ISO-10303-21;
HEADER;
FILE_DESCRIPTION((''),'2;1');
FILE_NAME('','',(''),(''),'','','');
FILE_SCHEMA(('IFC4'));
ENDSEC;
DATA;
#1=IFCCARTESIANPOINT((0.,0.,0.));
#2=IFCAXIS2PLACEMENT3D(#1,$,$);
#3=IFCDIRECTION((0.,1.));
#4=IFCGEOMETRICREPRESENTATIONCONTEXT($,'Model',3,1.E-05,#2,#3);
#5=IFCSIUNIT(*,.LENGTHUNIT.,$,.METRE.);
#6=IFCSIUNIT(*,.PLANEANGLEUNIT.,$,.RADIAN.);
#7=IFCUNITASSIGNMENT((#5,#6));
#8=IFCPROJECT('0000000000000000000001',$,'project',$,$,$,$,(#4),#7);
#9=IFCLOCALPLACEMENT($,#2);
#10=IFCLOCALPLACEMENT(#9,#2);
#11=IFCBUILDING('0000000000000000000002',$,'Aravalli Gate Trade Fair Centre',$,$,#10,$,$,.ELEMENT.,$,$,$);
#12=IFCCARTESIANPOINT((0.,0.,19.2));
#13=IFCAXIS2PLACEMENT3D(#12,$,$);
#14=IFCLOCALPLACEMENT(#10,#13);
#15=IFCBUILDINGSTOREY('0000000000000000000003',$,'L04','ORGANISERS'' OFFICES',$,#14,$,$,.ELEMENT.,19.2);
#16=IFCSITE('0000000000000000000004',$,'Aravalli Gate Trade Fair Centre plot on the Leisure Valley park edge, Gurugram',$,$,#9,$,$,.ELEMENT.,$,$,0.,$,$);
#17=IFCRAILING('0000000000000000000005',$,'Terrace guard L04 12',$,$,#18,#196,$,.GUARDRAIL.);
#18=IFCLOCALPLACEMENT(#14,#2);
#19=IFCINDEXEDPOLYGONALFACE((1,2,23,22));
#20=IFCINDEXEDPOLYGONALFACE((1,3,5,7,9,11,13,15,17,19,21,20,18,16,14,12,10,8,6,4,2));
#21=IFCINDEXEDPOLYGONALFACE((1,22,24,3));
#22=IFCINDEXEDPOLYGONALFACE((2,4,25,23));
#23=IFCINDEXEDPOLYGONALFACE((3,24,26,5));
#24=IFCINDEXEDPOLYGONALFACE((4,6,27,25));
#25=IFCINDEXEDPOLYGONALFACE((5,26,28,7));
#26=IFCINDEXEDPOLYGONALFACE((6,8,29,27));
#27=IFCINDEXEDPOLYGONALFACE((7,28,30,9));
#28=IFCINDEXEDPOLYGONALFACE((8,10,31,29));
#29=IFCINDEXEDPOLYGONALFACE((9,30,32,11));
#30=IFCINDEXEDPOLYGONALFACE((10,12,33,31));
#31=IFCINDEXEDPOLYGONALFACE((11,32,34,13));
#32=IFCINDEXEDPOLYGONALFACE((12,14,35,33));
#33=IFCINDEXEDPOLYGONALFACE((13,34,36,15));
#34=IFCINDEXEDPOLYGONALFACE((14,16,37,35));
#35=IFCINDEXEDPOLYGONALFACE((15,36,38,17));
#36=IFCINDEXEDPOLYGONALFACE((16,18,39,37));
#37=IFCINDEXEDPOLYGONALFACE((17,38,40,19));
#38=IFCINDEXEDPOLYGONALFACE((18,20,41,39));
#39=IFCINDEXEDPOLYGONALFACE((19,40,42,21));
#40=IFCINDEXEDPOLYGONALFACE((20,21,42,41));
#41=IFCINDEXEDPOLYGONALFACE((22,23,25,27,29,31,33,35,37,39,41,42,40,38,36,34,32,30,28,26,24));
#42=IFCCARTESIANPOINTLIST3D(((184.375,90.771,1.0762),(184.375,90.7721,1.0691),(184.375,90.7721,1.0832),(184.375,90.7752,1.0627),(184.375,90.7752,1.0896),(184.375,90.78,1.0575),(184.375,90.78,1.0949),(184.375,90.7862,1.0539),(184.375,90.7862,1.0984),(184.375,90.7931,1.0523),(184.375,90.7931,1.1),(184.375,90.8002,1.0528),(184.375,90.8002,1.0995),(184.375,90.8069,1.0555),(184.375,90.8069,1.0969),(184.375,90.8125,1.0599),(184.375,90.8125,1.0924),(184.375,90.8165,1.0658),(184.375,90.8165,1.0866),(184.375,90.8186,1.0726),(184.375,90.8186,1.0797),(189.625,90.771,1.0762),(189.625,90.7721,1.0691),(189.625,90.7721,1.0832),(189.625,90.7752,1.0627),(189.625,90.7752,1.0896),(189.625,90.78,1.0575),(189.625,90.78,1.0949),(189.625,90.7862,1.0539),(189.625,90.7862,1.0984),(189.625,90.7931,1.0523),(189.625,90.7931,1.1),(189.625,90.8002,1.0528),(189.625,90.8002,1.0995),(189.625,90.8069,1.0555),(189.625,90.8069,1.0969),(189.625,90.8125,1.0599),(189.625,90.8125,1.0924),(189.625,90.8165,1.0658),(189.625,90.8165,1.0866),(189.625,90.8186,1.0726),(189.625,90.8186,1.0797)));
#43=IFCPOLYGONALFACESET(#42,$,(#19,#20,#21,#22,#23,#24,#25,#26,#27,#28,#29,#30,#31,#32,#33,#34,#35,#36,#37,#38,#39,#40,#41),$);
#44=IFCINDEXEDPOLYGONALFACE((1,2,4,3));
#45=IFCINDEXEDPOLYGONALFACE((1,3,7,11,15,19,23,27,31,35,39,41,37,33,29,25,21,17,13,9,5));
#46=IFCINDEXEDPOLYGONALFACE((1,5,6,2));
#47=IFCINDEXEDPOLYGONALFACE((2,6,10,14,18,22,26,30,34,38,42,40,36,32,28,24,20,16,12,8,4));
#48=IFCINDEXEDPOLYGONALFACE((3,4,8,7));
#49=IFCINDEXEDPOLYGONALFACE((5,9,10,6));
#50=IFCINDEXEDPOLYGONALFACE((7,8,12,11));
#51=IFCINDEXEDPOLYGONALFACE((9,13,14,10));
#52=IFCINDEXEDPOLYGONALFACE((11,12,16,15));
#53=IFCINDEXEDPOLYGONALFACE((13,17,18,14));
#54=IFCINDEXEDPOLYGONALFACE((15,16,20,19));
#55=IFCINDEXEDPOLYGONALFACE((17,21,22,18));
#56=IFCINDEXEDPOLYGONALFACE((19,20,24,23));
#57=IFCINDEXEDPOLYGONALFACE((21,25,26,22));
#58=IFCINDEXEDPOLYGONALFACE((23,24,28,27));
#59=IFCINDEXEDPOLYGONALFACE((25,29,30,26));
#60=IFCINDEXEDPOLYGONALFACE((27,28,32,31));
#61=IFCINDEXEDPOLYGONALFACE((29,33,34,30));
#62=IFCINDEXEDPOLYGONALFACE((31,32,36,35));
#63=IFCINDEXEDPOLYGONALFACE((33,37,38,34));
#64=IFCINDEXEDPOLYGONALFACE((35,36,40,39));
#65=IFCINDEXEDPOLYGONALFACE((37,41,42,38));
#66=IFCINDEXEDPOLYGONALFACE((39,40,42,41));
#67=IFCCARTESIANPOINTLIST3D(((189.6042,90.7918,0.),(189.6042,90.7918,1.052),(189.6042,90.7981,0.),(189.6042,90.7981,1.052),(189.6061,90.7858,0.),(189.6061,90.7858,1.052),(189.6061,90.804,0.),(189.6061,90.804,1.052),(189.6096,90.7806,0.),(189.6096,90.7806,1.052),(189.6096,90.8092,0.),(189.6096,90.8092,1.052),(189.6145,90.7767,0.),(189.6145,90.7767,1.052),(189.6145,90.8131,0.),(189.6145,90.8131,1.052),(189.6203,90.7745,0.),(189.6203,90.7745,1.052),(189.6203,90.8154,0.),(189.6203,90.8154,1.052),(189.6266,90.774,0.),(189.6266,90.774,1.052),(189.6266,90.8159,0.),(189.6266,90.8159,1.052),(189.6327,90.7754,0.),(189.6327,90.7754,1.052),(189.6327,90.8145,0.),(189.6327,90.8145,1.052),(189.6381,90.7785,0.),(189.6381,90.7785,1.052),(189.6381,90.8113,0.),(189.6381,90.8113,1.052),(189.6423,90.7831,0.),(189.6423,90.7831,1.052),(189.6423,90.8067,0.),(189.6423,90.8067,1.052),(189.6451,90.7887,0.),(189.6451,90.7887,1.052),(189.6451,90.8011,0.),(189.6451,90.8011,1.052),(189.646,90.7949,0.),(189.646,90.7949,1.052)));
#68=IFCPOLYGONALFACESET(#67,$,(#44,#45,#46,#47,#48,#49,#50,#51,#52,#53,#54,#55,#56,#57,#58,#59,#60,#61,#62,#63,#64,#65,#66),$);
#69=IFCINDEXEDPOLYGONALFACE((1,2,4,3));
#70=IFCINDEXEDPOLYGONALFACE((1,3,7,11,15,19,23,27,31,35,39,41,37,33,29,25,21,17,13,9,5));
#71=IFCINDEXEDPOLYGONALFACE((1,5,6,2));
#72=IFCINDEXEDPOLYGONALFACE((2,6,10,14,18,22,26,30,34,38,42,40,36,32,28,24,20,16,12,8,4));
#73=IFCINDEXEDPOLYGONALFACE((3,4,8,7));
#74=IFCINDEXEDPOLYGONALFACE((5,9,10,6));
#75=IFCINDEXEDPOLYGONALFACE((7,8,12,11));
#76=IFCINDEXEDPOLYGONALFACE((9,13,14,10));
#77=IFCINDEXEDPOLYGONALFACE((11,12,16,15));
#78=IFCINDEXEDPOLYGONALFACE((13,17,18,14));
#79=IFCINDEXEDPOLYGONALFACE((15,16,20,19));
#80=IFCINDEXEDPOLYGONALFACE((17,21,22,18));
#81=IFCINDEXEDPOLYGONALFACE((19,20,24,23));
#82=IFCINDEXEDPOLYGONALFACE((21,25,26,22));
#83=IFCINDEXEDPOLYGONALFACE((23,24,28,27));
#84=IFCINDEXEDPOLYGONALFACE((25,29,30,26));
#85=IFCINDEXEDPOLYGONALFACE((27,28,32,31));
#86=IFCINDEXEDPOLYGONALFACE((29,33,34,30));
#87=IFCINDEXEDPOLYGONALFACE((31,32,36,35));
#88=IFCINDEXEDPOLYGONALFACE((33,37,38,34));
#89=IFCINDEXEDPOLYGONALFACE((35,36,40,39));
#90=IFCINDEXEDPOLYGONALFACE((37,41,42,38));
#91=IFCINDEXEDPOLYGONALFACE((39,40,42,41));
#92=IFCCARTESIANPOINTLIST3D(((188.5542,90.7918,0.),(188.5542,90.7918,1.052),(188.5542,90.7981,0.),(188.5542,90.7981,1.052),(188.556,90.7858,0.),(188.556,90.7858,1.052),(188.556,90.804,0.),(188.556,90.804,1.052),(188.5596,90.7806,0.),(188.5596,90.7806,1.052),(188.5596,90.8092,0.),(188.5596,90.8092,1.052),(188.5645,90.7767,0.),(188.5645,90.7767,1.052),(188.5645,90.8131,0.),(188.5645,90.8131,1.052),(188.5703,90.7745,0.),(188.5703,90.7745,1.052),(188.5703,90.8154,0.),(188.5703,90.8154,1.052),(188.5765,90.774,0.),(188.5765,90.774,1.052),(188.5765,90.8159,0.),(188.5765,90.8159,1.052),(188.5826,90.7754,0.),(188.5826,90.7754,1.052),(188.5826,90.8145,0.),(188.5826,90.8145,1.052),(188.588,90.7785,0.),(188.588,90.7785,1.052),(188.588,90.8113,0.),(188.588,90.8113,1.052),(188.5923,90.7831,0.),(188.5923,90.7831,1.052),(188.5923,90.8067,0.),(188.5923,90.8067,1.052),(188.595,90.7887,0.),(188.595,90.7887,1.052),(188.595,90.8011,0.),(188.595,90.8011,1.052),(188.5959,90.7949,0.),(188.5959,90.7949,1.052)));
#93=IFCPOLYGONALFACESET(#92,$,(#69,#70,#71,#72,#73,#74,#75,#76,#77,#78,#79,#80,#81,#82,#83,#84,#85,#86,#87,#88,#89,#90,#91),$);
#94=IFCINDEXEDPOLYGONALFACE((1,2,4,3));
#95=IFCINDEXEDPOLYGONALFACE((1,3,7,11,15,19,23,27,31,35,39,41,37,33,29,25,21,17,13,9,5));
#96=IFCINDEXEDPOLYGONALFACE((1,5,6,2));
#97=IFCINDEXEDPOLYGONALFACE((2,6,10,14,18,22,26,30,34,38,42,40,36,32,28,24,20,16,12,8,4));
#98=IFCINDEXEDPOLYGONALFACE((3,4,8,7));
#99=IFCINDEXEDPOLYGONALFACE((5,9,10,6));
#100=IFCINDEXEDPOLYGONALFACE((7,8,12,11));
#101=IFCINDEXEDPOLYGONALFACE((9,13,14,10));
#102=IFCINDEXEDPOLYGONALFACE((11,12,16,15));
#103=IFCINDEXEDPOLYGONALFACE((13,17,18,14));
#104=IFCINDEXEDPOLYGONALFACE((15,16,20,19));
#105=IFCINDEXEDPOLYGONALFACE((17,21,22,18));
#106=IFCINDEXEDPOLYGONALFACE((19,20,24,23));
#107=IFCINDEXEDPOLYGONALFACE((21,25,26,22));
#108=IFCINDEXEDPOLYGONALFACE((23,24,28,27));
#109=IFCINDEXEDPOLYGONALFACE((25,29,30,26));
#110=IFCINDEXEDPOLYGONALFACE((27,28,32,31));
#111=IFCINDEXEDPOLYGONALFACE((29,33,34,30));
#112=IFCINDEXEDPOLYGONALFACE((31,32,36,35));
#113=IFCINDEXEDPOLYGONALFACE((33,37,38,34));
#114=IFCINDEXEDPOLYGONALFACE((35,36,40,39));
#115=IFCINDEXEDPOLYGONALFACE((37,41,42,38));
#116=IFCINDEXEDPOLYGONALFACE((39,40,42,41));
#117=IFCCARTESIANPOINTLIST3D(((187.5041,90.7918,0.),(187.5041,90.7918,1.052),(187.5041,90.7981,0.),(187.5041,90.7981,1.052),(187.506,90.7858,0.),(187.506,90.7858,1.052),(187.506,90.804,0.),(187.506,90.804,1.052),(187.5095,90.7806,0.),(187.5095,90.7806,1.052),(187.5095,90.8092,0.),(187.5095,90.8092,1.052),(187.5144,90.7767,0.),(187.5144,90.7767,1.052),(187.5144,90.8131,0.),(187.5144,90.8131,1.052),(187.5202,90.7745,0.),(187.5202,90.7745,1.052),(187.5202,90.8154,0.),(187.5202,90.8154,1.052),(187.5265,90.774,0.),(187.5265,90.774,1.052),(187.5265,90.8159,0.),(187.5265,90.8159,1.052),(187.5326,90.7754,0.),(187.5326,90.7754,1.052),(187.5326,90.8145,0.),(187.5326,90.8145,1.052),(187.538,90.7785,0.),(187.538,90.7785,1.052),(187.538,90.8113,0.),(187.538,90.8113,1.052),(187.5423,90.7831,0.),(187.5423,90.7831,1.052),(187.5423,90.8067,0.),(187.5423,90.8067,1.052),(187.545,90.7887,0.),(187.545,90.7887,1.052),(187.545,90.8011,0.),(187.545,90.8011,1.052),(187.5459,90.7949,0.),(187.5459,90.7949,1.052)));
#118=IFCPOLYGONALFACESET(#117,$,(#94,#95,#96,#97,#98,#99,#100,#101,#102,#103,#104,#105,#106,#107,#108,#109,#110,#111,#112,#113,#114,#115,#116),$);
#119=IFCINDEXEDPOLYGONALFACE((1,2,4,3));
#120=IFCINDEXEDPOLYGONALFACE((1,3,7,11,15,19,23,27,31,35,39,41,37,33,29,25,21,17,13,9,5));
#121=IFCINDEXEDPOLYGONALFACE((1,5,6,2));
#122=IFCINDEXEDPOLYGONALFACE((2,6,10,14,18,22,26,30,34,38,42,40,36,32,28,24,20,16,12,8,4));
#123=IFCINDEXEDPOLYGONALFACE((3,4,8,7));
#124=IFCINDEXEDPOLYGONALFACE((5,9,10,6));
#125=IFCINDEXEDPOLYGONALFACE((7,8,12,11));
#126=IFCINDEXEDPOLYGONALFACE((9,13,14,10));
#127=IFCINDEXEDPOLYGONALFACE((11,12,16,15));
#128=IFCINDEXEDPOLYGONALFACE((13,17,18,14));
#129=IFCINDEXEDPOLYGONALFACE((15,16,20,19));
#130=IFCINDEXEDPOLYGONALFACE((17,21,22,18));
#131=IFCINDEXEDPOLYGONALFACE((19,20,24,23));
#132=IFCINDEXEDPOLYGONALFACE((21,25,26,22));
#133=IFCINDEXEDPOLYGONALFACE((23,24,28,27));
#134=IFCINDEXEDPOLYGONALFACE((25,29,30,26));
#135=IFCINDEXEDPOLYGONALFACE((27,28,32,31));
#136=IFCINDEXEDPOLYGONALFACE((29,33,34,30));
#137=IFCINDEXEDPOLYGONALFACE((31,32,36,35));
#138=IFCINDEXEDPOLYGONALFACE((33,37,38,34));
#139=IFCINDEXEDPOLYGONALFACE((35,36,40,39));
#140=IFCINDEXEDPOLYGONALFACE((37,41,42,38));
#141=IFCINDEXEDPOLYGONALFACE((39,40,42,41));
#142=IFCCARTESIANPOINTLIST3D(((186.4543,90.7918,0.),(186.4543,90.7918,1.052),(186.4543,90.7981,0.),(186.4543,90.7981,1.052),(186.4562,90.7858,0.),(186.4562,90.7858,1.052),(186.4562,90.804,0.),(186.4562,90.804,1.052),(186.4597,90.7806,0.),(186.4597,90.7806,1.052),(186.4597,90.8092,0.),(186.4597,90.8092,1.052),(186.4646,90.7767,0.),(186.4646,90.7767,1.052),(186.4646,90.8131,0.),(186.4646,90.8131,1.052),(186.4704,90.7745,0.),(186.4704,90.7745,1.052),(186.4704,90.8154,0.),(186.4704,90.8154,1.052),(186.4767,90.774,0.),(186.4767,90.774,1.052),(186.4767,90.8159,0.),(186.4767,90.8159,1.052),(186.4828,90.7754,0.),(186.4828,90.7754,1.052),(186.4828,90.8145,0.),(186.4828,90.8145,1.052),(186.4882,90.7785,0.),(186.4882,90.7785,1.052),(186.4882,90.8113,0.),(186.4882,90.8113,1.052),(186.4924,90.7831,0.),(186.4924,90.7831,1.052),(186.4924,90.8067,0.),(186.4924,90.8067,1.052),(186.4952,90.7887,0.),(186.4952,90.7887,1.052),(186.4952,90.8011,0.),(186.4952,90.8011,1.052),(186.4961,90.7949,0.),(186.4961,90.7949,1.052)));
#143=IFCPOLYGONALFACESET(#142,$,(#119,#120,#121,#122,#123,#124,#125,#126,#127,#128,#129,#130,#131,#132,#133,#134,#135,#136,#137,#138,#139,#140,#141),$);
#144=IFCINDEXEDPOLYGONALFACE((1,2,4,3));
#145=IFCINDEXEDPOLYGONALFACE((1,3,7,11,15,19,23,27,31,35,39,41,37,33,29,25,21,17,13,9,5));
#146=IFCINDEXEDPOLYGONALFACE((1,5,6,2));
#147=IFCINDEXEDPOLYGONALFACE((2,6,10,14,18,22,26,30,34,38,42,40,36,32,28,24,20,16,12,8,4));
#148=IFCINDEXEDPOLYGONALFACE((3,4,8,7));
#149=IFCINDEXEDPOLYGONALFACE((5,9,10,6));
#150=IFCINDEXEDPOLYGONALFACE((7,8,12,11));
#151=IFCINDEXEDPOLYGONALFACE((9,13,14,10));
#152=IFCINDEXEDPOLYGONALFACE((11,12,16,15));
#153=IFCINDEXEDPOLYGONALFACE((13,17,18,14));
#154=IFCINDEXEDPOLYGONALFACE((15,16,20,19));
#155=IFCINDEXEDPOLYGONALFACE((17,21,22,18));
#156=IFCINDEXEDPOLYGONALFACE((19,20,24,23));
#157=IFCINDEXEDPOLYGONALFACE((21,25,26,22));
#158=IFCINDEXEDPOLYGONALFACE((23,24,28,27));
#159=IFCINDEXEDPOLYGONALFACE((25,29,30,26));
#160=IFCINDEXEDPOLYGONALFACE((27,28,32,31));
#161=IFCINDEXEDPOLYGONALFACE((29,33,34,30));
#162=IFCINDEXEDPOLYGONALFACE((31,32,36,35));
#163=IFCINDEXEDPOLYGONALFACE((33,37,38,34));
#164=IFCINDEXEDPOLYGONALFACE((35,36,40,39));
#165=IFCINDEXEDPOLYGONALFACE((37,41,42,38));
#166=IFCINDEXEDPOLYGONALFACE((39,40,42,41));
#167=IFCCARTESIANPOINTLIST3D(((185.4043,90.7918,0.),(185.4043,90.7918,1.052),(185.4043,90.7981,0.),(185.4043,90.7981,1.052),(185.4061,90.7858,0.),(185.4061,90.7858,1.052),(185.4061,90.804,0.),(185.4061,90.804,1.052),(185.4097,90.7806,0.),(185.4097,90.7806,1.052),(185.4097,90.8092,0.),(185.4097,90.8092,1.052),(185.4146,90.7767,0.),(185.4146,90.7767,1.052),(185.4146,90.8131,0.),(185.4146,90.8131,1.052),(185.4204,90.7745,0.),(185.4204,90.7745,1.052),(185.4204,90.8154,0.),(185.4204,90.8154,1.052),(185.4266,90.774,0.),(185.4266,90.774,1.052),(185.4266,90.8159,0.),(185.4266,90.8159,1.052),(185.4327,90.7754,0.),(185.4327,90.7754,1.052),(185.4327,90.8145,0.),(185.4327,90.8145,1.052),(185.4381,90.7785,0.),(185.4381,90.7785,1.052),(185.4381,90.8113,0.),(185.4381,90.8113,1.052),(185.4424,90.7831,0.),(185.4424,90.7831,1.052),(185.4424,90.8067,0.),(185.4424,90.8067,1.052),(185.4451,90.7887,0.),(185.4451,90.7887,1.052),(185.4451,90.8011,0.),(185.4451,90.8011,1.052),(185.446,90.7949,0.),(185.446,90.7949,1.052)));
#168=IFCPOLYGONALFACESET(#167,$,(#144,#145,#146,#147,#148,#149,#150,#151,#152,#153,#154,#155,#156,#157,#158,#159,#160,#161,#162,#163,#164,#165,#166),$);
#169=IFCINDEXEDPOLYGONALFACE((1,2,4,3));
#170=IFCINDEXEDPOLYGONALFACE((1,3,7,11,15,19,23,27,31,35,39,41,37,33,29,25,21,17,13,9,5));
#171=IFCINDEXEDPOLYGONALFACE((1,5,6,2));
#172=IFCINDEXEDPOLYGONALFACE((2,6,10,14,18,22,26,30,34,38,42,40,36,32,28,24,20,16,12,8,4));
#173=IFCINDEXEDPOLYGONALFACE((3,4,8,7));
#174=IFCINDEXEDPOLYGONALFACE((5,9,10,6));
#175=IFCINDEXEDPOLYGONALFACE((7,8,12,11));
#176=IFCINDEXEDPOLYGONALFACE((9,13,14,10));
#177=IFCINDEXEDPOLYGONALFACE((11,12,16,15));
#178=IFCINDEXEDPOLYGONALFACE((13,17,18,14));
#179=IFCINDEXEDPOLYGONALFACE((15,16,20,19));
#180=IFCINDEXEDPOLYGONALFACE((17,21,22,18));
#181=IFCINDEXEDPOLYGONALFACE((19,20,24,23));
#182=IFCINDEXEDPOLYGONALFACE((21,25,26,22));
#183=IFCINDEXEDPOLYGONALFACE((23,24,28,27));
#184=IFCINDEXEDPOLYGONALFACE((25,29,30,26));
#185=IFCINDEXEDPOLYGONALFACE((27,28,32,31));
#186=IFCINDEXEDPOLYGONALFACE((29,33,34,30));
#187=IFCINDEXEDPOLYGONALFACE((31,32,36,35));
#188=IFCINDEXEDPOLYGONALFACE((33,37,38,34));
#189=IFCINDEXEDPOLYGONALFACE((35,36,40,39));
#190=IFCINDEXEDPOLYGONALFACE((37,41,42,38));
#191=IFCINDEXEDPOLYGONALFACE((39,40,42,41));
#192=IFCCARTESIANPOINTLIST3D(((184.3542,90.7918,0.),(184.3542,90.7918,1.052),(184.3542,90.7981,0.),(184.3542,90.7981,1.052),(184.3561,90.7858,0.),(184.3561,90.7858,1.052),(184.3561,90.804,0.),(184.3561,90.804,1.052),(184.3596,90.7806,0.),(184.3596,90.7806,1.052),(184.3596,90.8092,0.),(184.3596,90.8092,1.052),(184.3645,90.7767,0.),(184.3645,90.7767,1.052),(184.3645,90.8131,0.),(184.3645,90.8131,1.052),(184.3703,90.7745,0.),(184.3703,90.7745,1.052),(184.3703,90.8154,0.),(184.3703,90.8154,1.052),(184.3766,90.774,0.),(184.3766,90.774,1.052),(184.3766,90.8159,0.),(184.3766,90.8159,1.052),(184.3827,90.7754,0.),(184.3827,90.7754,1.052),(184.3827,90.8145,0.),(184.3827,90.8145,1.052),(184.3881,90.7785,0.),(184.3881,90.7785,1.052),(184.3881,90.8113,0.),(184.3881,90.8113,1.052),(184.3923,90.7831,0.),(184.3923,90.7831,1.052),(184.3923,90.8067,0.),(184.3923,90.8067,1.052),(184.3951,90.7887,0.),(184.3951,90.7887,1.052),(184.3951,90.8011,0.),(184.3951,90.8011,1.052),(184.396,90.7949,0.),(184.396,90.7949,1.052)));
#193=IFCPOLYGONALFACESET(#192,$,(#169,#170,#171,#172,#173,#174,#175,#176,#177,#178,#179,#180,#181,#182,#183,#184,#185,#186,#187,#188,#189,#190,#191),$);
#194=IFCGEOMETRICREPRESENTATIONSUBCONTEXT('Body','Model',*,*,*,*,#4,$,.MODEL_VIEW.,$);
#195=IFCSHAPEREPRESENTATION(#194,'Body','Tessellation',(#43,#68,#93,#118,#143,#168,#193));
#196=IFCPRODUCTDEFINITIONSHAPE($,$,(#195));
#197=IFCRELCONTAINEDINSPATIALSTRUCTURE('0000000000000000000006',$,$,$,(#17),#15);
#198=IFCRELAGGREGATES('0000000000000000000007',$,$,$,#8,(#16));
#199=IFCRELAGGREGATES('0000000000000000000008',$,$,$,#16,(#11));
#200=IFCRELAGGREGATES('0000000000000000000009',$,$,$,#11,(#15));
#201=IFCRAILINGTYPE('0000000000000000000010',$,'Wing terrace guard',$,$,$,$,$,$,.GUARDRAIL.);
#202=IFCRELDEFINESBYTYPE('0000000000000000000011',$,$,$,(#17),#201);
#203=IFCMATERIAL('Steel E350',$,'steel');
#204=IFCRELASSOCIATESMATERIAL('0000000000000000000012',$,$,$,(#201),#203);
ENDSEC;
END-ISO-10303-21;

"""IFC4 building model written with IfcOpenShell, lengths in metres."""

from ifc_helpers import new_model, si_unit, direction, frame, origin, origin_2d, place, context, subcontext, project, spatial, circle, extrude, material, type_object, element, save


model = new_model("IFC4")

# Units and contexts
model_context = context("Model", 3, precision=1e-05, world=origin(), true_north=direction((0.0, 1.0)))
body_context = subcontext(model_context, "Body", "Model", "MODEL_VIEW")
ifc_project = project(units=[si_unit("LENGTHUNIT", "METRE"), si_unit("PLANEANGLEUNIT", "RADIAN")], contexts=[model_context])

# Site, building, storey
site_placement = place(None, origin())
site = spatial("IfcSite", under=ifc_project, at=site_placement, Name="Aravalli Gate Trade Fair Centre plot on the Leisure Valley park edge, Gurugram", CompositionType="ELEMENT", RefElevation=0.0)
building_placement = place(site_placement, origin())
building = spatial("IfcBuilding", under=site, at=building_placement, Name="Aravalli Gate Trade Fair Centre", CompositionType="ELEMENT")
storey_placement = place(building_placement, frame((0.0, 0.0, 19.2)))
storey = spatial("IfcBuildingStorey", under=building, at=storey_placement, Name="L04", Description="ORGANISERS' OFFICES", CompositionType="ELEMENT", Elevation=19.2)

# Shared definitions
ifc_material_1 = material(Name="Steel E350", Category="steel")

# Railing
railing_type = type_object("IfcRailingType", Name="Wing terrace guard", PredefinedType="GUARDRAIL", material=ifc_material_1)
railing_1_placement = place(storey_placement, frame((189.625, 90.7949, 0.0)))
element("IfcRailing", 1, at=railing_1_placement, inside=storey, type_object=railing_type, Name="Terrace guard L04 12", PredefinedType="GUARDRAIL", context=body_context, shape_type="SweptSolid", body=[
    extrude(circle(Radius=0.0239, at=origin_2d()), frame((0.0, 0.0, 1.0762), z_axis=(-1.0, 0.0, 0.0), x_axis=(0.0, -1.0, 0.0)), (0.0, 0.0, 1.0), 5.25),
    extrude(circle(Radius=0.021, at=origin_2d()), origin(), (0.0, 0.0, 1.0), 1.052),
    extrude(circle(Radius=0.021, at=origin_2d()), frame((-1.05, 0.0, 0.0)), (0.0, 0.0, 1.0), 1.052),
    extrude(circle(Radius=0.021, at=origin_2d()), frame((-2.1001, 0.0, 0.0)), (0.0, 0.0, 1.0), 1.052),
    extrude(circle(Radius=0.021, at=origin_2d()), frame((-3.1499, 0.0, 0.0)), (0.0, 0.0, 1.0), 1.052),
    extrude(circle(Radius=0.021, at=origin_2d()), frame((-4.2, 0.0, 0.0)), (0.0, 0.0, 1.0), 1.052),
    extrude(circle(Radius=0.021, at=origin_2d()), frame((-5.25, 0.0, 0.0)), (0.0, 0.0, 1.0), 1.052),
])

save(model, "model.ifc")
